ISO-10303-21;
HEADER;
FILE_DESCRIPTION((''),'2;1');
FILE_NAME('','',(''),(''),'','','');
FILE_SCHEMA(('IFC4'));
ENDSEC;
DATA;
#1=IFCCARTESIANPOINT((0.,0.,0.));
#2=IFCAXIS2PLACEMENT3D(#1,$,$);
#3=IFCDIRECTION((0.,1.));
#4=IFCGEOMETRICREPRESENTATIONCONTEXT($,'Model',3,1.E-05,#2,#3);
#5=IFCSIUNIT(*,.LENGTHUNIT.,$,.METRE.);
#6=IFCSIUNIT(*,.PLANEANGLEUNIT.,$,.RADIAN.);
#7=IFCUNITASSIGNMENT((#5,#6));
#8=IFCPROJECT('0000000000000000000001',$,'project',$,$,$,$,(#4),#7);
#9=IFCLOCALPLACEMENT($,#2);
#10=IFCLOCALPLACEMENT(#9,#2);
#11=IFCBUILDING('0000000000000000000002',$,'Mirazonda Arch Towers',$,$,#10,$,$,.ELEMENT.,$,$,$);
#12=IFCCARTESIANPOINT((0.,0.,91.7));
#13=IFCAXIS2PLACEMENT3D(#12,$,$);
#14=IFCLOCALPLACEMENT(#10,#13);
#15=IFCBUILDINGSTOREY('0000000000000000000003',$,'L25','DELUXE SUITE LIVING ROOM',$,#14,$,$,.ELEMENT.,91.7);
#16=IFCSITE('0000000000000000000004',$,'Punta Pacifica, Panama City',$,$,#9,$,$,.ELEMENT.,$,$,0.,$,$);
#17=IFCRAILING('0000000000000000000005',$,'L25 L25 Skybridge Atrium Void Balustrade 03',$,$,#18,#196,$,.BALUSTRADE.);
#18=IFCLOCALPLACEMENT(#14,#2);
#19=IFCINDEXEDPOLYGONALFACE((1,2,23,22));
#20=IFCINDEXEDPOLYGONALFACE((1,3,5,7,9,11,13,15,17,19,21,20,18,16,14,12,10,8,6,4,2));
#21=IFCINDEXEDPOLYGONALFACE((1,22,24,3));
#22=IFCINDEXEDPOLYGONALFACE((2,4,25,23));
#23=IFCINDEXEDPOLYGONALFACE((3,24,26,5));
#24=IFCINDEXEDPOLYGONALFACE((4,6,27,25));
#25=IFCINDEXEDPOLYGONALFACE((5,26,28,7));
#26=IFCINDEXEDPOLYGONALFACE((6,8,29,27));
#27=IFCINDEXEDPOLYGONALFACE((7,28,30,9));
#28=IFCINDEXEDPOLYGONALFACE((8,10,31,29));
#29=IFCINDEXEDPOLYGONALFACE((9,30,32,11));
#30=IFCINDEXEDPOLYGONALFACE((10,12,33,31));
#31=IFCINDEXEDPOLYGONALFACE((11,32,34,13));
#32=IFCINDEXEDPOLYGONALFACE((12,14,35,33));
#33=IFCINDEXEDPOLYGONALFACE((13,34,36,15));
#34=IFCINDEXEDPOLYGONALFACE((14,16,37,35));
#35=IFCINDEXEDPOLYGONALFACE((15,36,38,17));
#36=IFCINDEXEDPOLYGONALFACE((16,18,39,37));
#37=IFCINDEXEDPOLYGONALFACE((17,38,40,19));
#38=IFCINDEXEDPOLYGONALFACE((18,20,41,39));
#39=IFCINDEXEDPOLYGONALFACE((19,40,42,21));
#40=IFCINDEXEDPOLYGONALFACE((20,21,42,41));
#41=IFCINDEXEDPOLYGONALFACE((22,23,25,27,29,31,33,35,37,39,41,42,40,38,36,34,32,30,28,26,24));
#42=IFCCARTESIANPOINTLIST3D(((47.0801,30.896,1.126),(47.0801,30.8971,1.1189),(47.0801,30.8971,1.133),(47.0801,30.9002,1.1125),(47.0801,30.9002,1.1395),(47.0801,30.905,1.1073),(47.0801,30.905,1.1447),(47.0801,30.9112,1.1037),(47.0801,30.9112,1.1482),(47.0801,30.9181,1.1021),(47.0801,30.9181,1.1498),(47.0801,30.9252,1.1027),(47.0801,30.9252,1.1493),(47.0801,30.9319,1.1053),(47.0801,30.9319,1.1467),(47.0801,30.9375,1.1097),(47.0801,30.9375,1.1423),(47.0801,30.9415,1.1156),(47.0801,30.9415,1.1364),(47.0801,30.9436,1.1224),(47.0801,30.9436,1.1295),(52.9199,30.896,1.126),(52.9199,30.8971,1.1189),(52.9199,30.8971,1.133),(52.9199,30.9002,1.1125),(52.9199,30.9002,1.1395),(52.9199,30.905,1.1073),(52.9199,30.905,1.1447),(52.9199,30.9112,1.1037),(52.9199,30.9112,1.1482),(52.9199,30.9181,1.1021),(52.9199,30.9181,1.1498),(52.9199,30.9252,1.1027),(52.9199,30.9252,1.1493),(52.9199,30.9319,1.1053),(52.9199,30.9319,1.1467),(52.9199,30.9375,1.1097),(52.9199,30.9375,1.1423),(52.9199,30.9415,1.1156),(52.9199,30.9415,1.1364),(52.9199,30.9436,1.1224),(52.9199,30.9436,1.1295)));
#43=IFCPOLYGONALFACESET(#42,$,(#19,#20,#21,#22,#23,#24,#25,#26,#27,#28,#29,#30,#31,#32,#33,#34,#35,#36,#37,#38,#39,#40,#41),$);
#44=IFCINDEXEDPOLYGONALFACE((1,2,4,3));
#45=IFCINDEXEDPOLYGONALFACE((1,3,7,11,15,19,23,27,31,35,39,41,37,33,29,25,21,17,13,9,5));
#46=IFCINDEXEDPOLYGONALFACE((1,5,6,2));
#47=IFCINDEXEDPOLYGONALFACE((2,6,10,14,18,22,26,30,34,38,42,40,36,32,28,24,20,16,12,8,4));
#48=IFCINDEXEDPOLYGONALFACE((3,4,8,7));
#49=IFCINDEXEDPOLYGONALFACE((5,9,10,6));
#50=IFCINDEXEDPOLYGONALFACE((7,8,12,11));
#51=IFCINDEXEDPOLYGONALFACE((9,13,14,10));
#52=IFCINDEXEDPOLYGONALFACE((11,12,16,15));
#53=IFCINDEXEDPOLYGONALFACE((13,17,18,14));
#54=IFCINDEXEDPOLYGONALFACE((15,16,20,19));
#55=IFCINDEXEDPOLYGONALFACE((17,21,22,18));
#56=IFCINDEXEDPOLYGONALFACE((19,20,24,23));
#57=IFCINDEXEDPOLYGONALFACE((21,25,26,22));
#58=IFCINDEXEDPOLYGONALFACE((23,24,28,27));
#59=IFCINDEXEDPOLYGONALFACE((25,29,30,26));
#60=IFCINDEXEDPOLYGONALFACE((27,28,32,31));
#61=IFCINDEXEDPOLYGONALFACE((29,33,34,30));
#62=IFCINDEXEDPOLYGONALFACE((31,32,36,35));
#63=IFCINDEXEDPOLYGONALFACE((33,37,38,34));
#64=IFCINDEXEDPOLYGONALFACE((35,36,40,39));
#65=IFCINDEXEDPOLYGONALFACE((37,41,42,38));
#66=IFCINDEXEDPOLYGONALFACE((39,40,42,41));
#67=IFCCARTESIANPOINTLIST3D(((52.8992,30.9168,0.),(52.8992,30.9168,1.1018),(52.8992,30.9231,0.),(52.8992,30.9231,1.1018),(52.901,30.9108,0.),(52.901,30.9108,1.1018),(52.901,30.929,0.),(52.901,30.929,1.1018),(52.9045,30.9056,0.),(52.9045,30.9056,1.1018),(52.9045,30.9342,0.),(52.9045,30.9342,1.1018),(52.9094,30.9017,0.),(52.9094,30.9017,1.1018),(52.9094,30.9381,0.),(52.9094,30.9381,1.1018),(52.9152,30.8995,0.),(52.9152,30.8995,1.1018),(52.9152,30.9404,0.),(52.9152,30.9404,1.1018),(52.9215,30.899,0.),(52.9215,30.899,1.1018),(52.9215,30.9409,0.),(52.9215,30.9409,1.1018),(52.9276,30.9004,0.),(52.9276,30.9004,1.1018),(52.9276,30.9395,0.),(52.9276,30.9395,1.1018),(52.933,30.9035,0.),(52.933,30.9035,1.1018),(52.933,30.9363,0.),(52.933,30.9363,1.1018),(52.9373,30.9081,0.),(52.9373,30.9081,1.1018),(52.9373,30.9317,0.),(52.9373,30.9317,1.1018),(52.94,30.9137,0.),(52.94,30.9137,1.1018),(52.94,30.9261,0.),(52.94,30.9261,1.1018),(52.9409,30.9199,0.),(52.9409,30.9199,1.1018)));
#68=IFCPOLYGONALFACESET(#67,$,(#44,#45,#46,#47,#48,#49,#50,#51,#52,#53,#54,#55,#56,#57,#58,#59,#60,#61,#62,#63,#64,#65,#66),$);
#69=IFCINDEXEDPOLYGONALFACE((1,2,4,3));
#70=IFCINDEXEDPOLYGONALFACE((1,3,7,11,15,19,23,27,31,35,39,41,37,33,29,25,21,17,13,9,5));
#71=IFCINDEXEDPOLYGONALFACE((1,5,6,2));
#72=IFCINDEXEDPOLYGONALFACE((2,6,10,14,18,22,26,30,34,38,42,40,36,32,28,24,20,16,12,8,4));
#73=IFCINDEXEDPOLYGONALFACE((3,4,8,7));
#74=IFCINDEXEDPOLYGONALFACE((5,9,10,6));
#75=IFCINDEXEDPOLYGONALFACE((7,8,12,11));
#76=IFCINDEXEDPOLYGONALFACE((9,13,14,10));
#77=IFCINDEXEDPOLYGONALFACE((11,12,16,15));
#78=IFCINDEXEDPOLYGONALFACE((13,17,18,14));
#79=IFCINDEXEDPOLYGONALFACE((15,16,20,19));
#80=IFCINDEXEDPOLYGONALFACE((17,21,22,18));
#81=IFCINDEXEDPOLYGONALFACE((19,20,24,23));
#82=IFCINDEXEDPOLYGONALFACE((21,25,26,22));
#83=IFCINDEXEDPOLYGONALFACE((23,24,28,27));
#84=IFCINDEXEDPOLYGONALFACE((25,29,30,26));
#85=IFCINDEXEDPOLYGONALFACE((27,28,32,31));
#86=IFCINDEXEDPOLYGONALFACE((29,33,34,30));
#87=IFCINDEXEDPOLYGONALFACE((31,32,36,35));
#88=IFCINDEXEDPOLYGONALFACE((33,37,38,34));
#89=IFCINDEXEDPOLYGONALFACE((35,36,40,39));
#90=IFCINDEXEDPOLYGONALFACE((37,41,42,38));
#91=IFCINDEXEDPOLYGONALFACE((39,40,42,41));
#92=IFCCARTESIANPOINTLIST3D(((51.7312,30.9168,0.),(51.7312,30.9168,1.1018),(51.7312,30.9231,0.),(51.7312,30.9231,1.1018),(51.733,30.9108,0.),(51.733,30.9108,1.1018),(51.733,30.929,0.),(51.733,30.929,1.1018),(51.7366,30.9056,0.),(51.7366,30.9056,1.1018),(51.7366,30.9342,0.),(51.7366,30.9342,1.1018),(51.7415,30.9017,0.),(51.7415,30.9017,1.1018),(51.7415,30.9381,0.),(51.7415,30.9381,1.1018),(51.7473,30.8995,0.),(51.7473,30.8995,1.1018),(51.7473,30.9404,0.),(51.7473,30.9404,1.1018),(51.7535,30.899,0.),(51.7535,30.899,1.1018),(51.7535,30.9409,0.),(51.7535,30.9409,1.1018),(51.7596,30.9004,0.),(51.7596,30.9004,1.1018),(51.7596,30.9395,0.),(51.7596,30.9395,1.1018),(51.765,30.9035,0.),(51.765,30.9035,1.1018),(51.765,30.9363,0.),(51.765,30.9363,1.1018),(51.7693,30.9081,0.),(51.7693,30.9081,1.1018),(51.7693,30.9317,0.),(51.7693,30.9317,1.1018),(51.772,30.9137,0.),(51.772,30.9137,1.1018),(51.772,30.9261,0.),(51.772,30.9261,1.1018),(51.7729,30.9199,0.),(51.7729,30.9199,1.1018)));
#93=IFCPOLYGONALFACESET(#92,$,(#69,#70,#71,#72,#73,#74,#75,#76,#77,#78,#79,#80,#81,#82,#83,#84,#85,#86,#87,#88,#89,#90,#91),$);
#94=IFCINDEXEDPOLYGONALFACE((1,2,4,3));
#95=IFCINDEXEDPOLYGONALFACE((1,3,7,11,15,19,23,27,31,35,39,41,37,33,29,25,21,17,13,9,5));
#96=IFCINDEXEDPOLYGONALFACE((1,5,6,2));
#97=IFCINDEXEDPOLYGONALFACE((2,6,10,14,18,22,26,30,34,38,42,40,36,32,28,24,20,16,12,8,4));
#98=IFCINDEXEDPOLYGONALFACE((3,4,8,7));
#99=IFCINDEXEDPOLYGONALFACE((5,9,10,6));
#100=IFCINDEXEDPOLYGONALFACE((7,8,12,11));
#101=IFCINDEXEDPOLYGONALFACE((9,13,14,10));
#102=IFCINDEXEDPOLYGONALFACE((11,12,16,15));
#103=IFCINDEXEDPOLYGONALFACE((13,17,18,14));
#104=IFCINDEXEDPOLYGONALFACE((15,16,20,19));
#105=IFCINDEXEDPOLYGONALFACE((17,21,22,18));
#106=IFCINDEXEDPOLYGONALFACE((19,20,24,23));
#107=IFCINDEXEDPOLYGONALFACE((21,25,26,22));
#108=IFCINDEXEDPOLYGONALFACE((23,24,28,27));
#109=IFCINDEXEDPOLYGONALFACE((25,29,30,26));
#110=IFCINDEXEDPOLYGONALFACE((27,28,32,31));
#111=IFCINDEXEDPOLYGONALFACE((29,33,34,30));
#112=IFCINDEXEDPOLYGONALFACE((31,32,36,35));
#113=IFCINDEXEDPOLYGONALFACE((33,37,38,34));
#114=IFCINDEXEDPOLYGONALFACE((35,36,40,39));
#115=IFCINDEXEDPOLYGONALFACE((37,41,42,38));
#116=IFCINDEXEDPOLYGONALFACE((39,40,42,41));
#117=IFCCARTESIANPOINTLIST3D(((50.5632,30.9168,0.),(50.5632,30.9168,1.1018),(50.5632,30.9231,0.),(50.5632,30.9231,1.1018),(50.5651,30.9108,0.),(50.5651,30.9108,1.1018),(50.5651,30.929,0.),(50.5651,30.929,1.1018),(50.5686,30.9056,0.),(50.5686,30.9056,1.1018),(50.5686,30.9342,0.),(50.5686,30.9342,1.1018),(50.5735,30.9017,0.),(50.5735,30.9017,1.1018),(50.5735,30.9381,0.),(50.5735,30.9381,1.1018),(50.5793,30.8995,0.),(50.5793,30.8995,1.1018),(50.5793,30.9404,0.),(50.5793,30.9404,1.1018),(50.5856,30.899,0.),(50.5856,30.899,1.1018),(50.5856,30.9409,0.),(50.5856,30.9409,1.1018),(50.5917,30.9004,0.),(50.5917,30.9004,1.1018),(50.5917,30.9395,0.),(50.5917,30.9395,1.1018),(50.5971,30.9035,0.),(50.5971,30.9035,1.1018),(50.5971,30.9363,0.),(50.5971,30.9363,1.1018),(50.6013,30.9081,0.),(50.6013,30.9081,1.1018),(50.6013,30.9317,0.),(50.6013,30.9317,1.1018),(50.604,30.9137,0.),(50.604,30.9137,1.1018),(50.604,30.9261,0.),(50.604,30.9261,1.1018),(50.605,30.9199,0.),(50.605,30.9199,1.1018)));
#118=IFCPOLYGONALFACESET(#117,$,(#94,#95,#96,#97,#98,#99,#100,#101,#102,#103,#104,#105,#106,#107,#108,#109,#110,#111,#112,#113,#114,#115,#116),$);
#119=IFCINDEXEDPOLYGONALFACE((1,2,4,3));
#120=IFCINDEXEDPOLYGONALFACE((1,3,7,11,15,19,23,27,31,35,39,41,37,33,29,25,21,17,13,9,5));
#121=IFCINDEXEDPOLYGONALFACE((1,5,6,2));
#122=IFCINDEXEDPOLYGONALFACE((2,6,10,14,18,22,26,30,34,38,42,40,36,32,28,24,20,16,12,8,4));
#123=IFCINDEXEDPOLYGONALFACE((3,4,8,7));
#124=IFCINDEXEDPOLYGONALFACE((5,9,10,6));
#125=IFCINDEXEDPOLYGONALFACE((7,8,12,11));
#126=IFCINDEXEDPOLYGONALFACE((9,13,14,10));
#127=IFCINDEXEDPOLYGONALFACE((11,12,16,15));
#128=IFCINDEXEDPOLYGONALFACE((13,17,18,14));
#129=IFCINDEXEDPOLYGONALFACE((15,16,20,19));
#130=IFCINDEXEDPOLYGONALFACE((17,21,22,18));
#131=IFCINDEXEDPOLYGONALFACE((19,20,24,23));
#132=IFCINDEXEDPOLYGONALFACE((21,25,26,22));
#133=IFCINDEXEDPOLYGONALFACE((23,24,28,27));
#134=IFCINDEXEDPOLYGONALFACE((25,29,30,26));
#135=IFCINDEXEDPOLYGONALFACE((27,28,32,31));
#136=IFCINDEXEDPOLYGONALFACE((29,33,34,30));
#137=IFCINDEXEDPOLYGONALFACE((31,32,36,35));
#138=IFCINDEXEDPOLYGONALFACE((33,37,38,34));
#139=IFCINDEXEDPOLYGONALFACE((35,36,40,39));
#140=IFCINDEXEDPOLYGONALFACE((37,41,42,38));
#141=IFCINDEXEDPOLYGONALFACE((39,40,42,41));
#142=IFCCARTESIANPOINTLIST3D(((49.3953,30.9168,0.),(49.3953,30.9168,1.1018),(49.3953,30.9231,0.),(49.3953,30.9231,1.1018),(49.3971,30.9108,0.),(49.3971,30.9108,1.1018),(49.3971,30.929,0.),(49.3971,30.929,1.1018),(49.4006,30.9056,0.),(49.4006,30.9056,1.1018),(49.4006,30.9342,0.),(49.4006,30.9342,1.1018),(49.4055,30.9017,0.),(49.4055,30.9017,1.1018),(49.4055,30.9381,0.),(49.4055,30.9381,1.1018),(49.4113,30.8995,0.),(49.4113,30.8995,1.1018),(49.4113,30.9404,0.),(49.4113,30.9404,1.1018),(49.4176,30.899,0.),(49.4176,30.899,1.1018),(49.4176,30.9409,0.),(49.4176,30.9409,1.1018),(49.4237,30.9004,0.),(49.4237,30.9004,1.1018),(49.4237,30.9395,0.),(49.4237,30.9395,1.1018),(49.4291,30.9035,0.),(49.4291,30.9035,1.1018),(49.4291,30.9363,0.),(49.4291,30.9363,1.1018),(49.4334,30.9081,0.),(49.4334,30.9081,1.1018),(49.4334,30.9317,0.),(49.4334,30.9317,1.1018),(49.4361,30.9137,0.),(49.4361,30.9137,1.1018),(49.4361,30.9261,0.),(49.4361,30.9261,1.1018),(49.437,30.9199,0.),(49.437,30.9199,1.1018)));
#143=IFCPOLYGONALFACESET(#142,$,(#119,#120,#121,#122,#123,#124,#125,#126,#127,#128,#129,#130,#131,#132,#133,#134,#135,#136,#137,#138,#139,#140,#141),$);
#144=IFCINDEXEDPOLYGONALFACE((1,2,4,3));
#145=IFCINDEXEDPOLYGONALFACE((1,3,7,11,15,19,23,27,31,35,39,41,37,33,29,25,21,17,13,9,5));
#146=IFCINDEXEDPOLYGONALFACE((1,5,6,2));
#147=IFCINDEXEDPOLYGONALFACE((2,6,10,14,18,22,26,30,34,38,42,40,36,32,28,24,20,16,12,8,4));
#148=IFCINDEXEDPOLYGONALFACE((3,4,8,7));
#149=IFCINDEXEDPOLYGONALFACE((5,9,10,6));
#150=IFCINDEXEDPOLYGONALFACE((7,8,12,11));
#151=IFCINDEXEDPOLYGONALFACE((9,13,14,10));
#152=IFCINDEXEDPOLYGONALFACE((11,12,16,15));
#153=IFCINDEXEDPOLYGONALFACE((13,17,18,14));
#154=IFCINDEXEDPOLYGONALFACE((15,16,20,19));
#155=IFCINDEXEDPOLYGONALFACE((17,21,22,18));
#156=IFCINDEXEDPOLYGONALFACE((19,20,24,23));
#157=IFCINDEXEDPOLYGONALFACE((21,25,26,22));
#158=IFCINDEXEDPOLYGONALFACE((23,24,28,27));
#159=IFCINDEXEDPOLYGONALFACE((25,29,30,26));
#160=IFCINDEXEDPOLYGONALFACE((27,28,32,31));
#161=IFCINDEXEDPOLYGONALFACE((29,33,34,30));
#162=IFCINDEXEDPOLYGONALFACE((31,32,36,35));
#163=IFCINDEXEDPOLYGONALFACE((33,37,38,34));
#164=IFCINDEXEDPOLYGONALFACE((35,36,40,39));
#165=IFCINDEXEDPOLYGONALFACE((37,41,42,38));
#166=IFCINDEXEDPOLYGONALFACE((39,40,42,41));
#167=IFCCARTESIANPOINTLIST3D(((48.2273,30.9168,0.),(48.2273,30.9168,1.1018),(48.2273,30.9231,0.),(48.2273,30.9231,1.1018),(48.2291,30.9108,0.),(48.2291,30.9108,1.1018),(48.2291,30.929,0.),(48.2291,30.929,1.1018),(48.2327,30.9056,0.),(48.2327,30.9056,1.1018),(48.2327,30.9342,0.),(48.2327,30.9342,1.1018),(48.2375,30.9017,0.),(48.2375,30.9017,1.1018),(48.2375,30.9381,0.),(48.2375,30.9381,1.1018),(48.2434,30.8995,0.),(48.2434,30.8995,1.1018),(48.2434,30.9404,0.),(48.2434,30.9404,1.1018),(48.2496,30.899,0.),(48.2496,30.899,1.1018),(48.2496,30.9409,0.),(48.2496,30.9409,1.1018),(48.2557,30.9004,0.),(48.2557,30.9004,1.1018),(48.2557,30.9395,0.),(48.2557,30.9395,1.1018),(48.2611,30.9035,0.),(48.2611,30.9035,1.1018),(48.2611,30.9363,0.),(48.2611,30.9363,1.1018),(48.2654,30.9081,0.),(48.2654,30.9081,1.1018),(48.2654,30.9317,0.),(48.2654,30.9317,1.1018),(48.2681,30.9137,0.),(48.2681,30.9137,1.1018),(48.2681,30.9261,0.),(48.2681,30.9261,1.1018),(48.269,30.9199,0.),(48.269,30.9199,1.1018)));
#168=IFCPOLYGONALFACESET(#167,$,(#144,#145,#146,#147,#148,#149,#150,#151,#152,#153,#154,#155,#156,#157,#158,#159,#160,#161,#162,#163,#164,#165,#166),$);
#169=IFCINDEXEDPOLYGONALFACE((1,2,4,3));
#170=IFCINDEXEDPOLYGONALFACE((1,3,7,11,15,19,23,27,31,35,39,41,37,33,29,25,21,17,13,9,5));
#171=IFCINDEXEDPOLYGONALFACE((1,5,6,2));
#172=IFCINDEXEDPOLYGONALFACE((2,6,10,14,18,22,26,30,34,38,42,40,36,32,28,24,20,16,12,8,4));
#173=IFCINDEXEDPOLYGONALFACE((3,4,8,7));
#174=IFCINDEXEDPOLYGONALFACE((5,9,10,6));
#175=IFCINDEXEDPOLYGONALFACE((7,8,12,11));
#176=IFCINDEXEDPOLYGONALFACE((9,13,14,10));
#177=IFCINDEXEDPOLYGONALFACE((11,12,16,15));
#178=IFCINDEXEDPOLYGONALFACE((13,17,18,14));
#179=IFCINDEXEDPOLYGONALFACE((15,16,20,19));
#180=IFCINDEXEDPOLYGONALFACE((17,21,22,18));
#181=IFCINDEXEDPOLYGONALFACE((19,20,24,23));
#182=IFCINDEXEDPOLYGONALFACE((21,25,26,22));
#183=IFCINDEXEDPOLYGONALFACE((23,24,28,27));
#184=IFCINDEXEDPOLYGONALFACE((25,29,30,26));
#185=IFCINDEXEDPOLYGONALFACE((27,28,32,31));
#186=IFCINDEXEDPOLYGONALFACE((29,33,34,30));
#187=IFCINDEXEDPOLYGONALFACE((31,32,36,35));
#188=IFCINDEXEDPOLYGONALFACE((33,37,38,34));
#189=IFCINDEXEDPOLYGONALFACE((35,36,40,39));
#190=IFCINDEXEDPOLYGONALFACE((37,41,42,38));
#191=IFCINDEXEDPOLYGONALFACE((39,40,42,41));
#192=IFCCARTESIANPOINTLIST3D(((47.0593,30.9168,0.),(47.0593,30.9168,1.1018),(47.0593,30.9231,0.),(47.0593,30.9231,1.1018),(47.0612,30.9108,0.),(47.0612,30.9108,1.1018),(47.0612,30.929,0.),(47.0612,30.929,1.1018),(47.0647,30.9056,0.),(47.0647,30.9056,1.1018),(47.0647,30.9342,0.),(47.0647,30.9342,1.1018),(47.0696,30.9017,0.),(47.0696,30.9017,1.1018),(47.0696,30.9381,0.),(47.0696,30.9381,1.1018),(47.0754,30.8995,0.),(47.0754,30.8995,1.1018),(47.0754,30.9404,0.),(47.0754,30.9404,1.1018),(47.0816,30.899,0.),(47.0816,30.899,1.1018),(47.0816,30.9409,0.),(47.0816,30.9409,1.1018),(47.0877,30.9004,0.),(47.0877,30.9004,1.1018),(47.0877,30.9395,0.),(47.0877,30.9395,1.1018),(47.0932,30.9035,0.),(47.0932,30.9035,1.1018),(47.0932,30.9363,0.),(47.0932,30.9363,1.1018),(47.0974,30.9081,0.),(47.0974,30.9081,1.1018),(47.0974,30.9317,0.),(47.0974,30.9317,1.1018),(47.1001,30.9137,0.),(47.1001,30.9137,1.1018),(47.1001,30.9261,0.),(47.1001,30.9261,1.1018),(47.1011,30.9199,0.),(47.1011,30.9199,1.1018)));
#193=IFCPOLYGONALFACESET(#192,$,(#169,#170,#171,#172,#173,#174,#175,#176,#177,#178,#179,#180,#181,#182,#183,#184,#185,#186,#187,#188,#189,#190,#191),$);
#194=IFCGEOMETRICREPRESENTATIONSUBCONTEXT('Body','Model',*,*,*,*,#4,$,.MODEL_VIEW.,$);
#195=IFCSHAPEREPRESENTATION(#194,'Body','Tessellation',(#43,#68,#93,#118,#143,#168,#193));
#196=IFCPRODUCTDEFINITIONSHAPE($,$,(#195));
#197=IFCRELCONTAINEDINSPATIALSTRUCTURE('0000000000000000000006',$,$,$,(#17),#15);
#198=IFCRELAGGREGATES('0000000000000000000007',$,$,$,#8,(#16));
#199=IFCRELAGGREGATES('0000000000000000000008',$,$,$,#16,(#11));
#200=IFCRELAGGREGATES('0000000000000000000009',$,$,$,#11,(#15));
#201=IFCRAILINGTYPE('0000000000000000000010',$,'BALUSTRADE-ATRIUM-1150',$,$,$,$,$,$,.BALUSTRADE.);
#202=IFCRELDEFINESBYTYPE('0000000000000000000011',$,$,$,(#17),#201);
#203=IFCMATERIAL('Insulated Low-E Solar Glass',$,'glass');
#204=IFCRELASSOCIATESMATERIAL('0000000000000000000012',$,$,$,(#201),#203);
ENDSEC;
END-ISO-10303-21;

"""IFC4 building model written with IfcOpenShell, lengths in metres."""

from ifc_helpers import new_model, si_unit, direction, frame, origin, origin_2d, place, context, subcontext, project, spatial, circle, extrude, material, type_object, element, save


model = new_model("IFC4")

# Units and contexts
model_context = context("Model", 3, precision=1e-05, world=origin(), true_north=direction((0.0, 1.0)))
body_context = subcontext(model_context, "Body", "Model", "MODEL_VIEW")
ifc_project = project(units=[si_unit("LENGTHUNIT", "METRE"), si_unit("PLANEANGLEUNIT", "RADIAN")], contexts=[model_context])

# Site, building, storey
site_placement = place(None, origin())
site = spatial("IfcSite", under=ifc_project, at=site_placement, Name="Punta Pacifica, Panama City", CompositionType="ELEMENT", RefElevation=0.0)
building_placement = place(site_placement, origin())
building = spatial("IfcBuilding", under=site, at=building_placement, Name="Mirazonda Arch Towers", CompositionType="ELEMENT")
storey_placement = place(building_placement, frame((0.0, 0.0, 91.7)))
storey = spatial("IfcBuildingStorey", under=building, at=storey_placement, Name="L25", Description="DELUXE SUITE LIVING ROOM", CompositionType="ELEMENT", Elevation=91.7)

# Shared definitions
ifc_material_1 = material(Name="Insulated Low-E Solar Glass", Category="glass")

# Railing
railing_type = type_object("IfcRailingType", Name="BALUSTRADE-ATRIUM-1150", PredefinedType="BALUSTRADE", material=ifc_material_1)
railing_1_placement = place(storey_placement, frame((52.9199, 30.9199, 0.0)))
element("IfcRailing", 1, at=railing_1_placement, inside=storey, type_object=railing_type, Name="L25 L25 Skybridge Atrium Void Balustrade 03", PredefinedType="BALUSTRADE", context=body_context, shape_type="SweptSolid", body=[
    extrude(circle(Radius=0.0239, at=origin_2d()), frame((0.0, 0.0, 1.126), z_axis=(-1.0, 0.0, 0.0), x_axis=(0.0, -1.0, 0.0)), (0.0, 0.0, 1.0), 5.8398),
    extrude(circle(Radius=0.021, at=origin_2d()), origin(), (0.0, 0.0, 1.0), 1.1018),
    extrude(circle(Radius=0.021, at=origin_2d()), frame((-1.168, 0.0, 0.0)), (0.0, 0.0, 1.0), 1.1018),
    extrude(circle(Radius=0.021, at=origin_2d()), frame((-2.3359, 0.0, 0.0)), (0.0, 0.0, 1.0), 1.1018),
    extrude(circle(Radius=0.021, at=origin_2d()), frame((-3.5039, 0.0, 0.0)), (0.0, 0.0, 1.0), 1.1018),
    extrude(circle(Radius=0.021, at=origin_2d()), frame((-4.6719, 0.0, 0.0)), (0.0, 0.0, 1.0), 1.1018),
    extrude(circle(Radius=0.021, at=origin_2d()), frame((-5.8398, 0.0, 0.0)), (0.0, 0.0, 1.0), 1.1018),
])

save(model, "model.ifc")
